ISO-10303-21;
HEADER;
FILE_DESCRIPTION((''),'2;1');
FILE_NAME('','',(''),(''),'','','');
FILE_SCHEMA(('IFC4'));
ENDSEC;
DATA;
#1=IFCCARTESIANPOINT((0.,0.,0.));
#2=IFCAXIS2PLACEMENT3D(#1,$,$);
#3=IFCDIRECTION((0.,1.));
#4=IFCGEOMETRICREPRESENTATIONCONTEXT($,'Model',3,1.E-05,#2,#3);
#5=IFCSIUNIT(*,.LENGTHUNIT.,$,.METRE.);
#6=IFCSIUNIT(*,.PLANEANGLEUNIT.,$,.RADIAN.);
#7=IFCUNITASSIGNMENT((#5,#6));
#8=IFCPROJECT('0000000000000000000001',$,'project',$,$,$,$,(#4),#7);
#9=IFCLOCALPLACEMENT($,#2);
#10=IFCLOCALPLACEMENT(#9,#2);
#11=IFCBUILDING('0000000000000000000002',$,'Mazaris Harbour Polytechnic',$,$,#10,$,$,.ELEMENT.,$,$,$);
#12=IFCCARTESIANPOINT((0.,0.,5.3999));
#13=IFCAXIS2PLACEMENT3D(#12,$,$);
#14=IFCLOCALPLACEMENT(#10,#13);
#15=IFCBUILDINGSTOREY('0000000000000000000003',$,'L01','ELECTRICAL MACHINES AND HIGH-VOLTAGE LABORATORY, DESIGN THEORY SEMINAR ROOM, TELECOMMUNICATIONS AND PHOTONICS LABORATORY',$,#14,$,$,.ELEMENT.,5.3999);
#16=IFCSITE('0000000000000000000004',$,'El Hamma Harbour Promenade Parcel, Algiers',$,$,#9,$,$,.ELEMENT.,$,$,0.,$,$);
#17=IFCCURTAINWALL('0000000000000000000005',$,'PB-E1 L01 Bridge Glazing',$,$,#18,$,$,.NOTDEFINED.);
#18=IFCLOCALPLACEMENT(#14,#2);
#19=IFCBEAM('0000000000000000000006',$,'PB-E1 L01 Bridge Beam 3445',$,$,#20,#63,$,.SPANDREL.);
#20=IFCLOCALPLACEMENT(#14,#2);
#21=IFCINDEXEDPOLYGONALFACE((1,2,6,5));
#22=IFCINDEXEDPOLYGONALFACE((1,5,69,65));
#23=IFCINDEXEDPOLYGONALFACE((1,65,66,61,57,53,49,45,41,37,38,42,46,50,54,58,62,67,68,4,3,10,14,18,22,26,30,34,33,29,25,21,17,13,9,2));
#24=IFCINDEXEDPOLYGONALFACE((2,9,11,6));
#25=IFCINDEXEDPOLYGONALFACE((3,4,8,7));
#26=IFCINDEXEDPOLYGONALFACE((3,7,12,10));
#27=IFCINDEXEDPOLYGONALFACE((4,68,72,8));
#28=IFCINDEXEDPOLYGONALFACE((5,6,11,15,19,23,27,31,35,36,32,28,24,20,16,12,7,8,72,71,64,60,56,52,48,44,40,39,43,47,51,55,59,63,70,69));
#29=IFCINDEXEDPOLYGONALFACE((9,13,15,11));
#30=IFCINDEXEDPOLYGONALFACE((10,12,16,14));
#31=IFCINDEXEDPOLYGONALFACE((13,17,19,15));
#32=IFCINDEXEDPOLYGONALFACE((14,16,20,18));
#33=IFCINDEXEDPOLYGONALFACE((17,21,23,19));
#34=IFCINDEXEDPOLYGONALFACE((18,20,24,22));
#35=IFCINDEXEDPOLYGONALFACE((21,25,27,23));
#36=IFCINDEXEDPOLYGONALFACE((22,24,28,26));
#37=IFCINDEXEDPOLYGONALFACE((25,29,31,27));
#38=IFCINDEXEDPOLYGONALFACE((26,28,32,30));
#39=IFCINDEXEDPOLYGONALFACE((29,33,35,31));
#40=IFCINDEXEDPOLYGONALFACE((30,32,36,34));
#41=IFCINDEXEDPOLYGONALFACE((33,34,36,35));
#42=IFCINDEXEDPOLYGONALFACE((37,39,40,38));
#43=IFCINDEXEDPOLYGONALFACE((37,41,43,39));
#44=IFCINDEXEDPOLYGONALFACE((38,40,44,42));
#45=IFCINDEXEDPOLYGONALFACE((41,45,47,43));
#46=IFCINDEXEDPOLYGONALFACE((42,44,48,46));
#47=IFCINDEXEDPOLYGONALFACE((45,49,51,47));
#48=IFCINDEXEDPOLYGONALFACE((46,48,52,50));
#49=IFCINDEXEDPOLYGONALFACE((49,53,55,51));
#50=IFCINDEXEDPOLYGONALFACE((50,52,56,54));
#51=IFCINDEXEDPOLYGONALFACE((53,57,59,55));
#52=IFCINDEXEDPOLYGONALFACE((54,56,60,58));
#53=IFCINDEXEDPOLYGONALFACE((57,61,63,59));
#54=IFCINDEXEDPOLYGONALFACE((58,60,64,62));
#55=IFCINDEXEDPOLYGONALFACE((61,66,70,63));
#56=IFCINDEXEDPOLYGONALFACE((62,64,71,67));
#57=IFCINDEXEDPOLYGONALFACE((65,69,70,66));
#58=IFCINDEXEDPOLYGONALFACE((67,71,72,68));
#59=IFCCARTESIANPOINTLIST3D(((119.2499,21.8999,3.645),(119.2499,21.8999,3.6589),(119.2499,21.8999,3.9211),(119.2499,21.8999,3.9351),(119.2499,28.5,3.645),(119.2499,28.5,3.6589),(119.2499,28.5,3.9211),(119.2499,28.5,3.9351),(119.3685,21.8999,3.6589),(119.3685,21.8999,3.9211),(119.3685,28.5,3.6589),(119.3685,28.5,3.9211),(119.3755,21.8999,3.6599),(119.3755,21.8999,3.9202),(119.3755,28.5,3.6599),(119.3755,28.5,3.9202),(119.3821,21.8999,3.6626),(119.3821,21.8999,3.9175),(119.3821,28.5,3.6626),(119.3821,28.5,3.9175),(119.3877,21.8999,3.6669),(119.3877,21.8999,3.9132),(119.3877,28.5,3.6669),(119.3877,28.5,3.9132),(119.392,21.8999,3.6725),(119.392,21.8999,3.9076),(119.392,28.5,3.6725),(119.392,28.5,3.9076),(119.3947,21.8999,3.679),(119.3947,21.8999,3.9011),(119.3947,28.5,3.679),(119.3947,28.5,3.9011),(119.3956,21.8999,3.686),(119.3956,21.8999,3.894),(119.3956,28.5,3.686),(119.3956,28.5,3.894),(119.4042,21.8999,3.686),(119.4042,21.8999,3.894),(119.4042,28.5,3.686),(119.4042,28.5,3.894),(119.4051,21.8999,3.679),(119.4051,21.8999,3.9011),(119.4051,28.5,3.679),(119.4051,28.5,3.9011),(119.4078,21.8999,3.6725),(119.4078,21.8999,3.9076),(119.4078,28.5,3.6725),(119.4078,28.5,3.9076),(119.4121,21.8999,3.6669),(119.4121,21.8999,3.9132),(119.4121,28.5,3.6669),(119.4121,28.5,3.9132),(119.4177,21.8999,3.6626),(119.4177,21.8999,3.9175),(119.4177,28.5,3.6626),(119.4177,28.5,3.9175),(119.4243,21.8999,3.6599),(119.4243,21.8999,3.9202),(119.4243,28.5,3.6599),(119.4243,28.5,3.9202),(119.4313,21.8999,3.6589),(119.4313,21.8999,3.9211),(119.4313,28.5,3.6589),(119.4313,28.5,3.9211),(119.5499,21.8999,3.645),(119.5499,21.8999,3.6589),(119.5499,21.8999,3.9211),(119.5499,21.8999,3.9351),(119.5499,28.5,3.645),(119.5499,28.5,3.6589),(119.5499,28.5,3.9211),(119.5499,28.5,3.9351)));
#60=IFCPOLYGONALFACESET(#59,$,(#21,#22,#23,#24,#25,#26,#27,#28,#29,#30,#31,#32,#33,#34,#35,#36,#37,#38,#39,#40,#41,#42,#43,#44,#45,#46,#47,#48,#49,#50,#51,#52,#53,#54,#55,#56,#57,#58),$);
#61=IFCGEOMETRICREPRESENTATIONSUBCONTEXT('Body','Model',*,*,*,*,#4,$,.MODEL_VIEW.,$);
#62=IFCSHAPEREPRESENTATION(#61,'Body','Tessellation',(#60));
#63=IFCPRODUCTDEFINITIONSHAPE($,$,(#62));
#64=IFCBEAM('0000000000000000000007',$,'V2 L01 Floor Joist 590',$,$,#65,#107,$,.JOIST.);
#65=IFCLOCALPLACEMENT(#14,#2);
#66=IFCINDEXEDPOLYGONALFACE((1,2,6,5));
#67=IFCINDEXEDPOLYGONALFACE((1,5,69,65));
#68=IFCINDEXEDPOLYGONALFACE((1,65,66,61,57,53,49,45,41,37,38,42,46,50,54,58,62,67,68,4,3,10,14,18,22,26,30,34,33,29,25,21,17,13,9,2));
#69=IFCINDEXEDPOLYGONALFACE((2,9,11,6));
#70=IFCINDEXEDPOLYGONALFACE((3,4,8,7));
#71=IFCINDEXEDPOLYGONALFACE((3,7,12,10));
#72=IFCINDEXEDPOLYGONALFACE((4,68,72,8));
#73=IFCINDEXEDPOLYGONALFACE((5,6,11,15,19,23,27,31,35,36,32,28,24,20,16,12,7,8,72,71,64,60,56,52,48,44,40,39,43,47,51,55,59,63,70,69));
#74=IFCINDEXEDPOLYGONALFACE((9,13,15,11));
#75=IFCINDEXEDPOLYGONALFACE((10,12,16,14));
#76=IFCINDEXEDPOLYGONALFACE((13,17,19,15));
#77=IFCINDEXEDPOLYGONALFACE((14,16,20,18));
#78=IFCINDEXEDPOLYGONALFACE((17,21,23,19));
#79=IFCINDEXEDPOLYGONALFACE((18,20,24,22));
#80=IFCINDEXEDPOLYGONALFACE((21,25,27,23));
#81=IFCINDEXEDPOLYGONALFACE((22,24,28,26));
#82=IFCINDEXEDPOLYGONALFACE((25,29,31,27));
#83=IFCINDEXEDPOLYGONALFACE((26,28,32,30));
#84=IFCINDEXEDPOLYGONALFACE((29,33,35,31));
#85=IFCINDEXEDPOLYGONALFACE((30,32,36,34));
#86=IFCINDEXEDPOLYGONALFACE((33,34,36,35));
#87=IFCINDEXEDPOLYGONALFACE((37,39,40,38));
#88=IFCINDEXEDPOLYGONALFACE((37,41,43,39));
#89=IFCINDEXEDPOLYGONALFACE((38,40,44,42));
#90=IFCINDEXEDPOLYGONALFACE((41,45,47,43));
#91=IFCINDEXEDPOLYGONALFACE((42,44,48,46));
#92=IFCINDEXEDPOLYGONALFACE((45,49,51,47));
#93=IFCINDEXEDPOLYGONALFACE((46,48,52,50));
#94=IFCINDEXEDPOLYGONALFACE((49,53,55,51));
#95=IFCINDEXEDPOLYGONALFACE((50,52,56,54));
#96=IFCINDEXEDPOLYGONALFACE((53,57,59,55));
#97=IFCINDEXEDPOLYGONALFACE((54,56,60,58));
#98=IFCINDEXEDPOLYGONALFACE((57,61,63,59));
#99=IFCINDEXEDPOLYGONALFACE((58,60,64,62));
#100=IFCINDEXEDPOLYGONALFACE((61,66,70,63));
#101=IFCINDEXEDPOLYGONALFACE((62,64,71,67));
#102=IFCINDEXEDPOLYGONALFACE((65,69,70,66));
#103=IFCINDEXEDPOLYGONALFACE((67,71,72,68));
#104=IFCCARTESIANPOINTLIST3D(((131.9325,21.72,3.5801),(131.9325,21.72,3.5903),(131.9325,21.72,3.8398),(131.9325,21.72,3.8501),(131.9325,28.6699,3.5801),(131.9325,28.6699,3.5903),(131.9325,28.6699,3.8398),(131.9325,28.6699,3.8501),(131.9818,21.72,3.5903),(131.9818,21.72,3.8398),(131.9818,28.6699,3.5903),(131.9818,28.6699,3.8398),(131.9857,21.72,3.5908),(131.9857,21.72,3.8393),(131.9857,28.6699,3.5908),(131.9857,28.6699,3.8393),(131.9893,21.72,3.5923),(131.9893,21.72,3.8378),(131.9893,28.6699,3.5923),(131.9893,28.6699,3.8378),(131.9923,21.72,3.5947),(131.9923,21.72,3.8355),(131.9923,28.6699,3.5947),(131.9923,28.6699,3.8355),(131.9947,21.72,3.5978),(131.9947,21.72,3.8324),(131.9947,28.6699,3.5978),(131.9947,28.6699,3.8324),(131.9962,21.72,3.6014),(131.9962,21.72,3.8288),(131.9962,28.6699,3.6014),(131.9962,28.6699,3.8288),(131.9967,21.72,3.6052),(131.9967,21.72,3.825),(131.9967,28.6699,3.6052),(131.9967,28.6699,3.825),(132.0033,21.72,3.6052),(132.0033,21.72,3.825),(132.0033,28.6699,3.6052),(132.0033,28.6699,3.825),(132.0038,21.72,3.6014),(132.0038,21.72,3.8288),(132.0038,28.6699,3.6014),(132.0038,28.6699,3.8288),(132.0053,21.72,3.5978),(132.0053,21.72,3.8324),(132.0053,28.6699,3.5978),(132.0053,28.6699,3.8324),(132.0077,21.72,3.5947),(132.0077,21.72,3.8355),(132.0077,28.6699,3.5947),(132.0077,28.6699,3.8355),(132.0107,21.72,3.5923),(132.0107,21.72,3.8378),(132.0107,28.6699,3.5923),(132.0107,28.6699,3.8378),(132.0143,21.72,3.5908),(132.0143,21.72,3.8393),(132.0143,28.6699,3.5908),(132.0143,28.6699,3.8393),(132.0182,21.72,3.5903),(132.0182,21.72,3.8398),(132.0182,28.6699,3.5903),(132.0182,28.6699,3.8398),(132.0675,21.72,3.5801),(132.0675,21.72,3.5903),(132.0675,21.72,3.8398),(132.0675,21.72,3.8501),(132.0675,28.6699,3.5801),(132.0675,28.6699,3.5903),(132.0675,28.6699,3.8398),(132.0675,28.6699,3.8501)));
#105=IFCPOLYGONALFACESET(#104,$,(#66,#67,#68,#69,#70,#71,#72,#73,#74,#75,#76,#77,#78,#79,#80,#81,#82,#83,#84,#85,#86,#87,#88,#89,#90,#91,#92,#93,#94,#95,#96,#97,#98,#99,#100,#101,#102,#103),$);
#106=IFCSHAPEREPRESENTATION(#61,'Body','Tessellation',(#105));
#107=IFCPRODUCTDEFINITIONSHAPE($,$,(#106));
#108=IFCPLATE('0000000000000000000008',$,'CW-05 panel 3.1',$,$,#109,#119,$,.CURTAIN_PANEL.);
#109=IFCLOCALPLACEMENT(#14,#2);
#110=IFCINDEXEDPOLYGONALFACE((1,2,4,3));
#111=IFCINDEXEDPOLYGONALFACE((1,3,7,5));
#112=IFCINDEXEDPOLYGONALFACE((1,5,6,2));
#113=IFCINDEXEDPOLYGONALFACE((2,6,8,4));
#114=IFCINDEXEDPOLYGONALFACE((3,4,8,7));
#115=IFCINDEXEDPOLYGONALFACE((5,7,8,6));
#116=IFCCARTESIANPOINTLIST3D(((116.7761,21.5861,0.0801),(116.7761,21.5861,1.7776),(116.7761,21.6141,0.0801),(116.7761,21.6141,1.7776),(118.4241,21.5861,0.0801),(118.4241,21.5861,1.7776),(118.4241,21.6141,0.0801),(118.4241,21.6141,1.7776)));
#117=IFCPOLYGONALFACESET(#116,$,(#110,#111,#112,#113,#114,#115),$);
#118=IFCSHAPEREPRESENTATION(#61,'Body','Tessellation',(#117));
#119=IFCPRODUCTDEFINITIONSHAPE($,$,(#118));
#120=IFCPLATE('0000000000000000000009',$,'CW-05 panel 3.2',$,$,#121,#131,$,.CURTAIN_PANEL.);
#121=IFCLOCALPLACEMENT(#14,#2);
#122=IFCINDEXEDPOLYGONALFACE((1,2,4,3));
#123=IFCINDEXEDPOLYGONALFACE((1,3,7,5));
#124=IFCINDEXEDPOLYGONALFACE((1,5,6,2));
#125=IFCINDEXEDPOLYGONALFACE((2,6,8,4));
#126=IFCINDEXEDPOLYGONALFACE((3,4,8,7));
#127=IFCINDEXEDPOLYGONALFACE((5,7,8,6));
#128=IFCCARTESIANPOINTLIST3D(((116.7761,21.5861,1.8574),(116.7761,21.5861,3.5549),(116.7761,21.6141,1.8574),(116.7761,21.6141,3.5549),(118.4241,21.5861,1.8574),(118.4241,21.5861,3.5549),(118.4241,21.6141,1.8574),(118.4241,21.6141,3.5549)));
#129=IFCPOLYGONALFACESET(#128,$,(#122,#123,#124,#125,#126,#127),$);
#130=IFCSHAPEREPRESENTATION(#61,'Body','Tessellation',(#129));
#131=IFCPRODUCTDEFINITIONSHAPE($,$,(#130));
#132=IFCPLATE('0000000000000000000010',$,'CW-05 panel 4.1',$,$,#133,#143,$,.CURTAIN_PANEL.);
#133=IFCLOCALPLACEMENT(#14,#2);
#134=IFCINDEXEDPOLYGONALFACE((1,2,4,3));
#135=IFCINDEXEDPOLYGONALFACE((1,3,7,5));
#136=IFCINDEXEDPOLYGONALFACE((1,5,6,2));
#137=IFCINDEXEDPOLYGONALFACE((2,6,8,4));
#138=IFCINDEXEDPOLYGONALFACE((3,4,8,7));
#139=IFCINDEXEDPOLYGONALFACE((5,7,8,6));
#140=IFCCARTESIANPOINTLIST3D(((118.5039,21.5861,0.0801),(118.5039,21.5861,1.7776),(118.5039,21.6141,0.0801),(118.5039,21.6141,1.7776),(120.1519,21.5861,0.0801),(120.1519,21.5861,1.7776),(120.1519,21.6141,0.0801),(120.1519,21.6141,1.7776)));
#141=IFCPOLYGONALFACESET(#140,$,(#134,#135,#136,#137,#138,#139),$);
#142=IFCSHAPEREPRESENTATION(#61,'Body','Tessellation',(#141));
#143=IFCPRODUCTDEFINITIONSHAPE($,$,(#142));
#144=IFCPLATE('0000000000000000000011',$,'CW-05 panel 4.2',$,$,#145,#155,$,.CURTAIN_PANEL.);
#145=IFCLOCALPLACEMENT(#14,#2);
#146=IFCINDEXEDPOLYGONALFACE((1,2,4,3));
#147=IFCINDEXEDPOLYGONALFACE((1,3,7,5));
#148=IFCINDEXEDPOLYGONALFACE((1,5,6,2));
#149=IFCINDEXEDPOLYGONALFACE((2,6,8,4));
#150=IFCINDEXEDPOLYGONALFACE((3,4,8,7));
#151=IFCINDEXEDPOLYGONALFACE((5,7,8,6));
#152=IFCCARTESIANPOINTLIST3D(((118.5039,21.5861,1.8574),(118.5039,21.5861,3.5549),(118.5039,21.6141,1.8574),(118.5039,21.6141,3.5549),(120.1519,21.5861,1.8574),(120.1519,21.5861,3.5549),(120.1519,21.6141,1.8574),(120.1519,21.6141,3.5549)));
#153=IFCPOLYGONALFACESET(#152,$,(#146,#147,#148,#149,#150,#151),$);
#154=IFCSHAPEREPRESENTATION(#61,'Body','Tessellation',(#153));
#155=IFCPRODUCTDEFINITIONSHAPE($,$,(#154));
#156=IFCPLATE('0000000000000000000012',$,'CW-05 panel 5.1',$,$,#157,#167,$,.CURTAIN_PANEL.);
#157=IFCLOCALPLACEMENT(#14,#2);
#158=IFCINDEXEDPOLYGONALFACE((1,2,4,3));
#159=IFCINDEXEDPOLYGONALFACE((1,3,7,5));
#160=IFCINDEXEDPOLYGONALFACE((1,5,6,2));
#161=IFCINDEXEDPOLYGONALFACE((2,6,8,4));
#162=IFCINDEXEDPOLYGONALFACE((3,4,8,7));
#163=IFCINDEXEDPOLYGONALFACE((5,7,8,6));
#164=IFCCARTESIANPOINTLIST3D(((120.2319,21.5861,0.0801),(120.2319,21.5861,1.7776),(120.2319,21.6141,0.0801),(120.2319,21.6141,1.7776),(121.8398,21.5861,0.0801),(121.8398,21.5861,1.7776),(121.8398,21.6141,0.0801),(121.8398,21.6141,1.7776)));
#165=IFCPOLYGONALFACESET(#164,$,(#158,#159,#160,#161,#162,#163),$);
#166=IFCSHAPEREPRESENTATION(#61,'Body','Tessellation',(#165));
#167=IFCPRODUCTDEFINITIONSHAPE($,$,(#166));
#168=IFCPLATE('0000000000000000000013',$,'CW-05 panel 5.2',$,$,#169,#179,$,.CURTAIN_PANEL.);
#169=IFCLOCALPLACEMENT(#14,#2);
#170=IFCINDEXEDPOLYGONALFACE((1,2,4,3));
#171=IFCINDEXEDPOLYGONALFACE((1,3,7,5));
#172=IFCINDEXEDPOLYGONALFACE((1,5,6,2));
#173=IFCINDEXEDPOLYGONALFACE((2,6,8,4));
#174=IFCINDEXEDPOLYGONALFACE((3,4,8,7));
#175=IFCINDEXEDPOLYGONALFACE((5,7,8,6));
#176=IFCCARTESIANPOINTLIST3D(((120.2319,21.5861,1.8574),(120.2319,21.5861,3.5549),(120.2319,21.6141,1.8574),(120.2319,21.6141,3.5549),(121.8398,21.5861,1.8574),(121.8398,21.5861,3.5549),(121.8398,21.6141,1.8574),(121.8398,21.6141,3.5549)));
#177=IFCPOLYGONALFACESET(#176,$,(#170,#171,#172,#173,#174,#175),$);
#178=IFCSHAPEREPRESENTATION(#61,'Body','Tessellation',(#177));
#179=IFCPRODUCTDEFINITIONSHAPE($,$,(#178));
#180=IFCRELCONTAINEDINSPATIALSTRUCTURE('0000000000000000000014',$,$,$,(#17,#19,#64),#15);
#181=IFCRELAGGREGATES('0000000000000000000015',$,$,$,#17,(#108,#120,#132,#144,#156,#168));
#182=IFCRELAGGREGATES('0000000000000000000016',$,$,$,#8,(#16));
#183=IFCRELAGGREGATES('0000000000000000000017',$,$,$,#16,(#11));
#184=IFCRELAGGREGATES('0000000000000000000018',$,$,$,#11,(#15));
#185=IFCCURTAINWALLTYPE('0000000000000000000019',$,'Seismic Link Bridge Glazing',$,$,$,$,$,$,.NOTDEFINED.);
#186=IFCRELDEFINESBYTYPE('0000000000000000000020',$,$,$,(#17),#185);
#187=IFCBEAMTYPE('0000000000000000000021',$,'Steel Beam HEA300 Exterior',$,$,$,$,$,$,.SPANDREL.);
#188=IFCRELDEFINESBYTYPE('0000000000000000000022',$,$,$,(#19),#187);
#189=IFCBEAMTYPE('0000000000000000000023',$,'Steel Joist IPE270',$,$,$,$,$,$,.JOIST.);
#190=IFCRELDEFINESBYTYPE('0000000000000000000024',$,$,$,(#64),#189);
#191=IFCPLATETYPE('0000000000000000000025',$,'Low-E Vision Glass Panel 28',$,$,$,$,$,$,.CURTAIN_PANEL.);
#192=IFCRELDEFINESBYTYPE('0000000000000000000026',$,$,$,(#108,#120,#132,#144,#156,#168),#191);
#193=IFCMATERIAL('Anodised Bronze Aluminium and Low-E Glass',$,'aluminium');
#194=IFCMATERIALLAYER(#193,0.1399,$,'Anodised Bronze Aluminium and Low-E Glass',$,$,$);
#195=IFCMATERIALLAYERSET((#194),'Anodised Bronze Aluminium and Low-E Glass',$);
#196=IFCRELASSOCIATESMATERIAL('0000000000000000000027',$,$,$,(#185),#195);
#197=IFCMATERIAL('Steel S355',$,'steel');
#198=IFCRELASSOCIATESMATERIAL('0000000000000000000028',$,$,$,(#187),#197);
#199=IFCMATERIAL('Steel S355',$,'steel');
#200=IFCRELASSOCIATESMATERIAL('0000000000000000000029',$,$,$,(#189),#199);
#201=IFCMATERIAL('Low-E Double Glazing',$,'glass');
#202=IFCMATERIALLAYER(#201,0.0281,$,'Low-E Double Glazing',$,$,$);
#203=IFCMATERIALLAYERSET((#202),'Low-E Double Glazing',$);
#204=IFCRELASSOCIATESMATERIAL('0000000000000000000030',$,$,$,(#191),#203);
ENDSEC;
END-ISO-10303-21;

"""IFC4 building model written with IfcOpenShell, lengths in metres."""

from ifc_helpers import new_model, si_unit, direction, frame, origin, origin_2d, place, context, subcontext, project, spatial, rectangle, i_section, extrude, material, layer, layer_set, material_profile, profile_set, type_object, element, aggregate, save


model = new_model("IFC4")

# Units and contexts
model_context = context("Model", 3, precision=1e-05, world=origin(), true_north=direction((0.0, 1.0)))
body_context = subcontext(model_context, "Body", "Model", "MODEL_VIEW")
ifc_project = project(units=[si_unit("LENGTHUNIT", "METRE"), si_unit("PLANEANGLEUNIT", "RADIAN")], contexts=[model_context])

# Site, building, storey
site_placement = place(None, origin())
site = spatial("IfcSite", under=ifc_project, at=site_placement, Name="El Hamma Harbour Promenade Parcel, Algiers", CompositionType="ELEMENT", RefElevation=0.0)
building_placement = place(site_placement, origin())
building = spatial("IfcBuilding", under=site, at=building_placement, Name="Mazaris Harbour Polytechnic", CompositionType="ELEMENT")
storey_placement = place(building_placement, frame((0.0, 0.0, 5.3999)))
storey = spatial("IfcBuildingStorey", under=building, at=storey_placement, Name="L01", Description="ELECTRICAL MACHINES AND HIGH-VOLTAGE LABORATORY, DESIGN THEORY SEMINAR ROOM, TELECOMMUNICATIONS AND PHOTONICS LABORATORY", CompositionType="ELEMENT", Elevation=5.3999)

# Curtain wall
ifc_material_1 = material(Name="Anodised Bronze Aluminium and Low-E Glass", Category="aluminium")
ifc_layer_1 = layer(ifc_material_1, 0.1399, Name="Anodised Bronze Aluminium and Low-E Glass")
ifc_layer_set_1 = layer_set([ifc_layer_1], Name="Anodised Bronze Aluminium and Low-E Glass")
curtain_wall_type = type_object("IfcCurtainWallType", Name="Seismic Link Bridge Glazing", PredefinedType="NOTDEFINED", material=ifc_layer_set_1)
curtain_wall_placement = place(storey_placement, origin())
curtain_wall = element("IfcCurtainWall", 1, at=curtain_wall_placement, inside=storey, type_object=curtain_wall_type, Name="PB-E1 L01 Bridge Glazing", PredefinedType="NOTDEFINED")

# Beams
ifc_material_2 = material(Name="Steel S355", Category="steel")
ifc_material_profile_1 = material_profile(ifc_material_2, i_section(OverallWidth=0.3, OverallDepth=0.29, WebThickness=0.0085, FlangeThickness=0.0139, FilletRadius=0.0271, at=origin_2d()), Name="HEA 300")
ifc_profile_set_1 = profile_set([ifc_material_profile_1], Name="Steel S355")
beam_type_1 = type_object("IfcBeamType", Name="Steel Beam HEA300 Exterior", PredefinedType="SPANDREL", material=ifc_profile_set_1)
beam_1_placement = place(storey_placement, frame((119.3999, 21.8999, 3.79), z_axis=(0.0, 1.0, 0.0), x_axis=(-1.0, 0.0, 0.0)))
element("IfcBeam", 2, at=beam_1_placement, inside=storey, type_object=beam_type_1, Name="PB-E1 L01 Bridge Beam 3445", PredefinedType="SPANDREL", context=body_context, shape_type="SweptSolid", body=[
    extrude(i_section(OverallWidth=0.3, OverallDepth=0.29, WebThickness=0.0085, FlangeThickness=0.0139, FilletRadius=0.0271, at=origin_2d()), origin(), (0.0, 0.0, 1.0), 6.6001),
])
ifc_material_3 = material(Name="Steel S355", Category="steel")
ifc_material_profile_2 = material_profile(ifc_material_3, i_section(OverallWidth=0.135, OverallDepth=0.27, WebThickness=0.0066, FlangeThickness=0.0103, FilletRadius=0.0149, at=origin_2d()), Name="IPE 270")
ifc_profile_set_2 = profile_set([ifc_material_profile_2], Name="Steel S355")
beam_type_2 = type_object("IfcBeamType", Name="Steel Joist IPE270", PredefinedType="JOIST", material=ifc_profile_set_2)
beam_2_placement = place(storey_placement, frame((132.0, 21.72, 3.7151), z_axis=(0.0, 1.0, 0.0), x_axis=(-1.0, 0.0, 0.0)))
element("IfcBeam", 3, at=beam_2_placement, inside=storey, type_object=beam_type_2, Name="V2 L01 Floor Joist 590", PredefinedType="JOIST", context=body_context, shape_type="SweptSolid", body=[
    extrude(i_section(OverallWidth=0.135, OverallDepth=0.27, WebThickness=0.0066, FlangeThickness=0.0103, FilletRadius=0.0149, at=origin_2d()), origin(), (0.0, 0.0, 1.0), 6.95),
])

# Plates
ifc_material_4 = material(Name="Low-E Double Glazing", Category="glass")
ifc_layer_2 = layer(ifc_material_4, 0.0281, Name="Low-E Double Glazing")
ifc_layer_set_2 = layer_set([ifc_layer_2], Name="Low-E Double Glazing")
plate_type = type_object("IfcPlateType", Name="Low-E Vision Glass Panel 28", PredefinedType="CURTAIN_PANEL", material=ifc_layer_set_2)
plate_1_placement = place(storey_placement, frame((117.6001, 21.6001, 0.0801), z_axis=(0.0, 0.0, 1.0), x_axis=(1.0, 0.0, 0.0)))
plate_1 = element("IfcPlate", 4, at=plate_1_placement, type_object=plate_type, Name="CW-05 panel 3.1", PredefinedType="CURTAIN_PANEL", context=body_context, shape_type="SweptSolid", body=[
    extrude(rectangle(XDim=1.6479, YDim=0.0281, at=origin_2d()), origin(), (0.0, 0.0, 1.0), 1.6975),
])
plate_2_placement = place(storey_placement, frame((117.6001, 21.6001, 1.8574), z_axis=(0.0, 0.0, 1.0), x_axis=(1.0, 0.0, 0.0)))
plate_2 = element("IfcPlate", 5, at=plate_2_placement, type_object=plate_type, Name="CW-05 panel 3.2", PredefinedType="CURTAIN_PANEL", context=body_context, shape_type="SweptSolid", body=[
    extrude(rectangle(XDim=1.6479, YDim=0.0281, at=origin_2d()), origin(), (0.0, 0.0, 1.0), 1.6975),
])
plate_3_placement = place(storey_placement, frame((119.3279, 21.6001, 0.0801), z_axis=(0.0, 0.0, 1.0), x_axis=(1.0, 0.0, 0.0)))
plate_3 = element("IfcPlate", 6, at=plate_3_placement, type_object=plate_type, Name="CW-05 panel 4.1", PredefinedType="CURTAIN_PANEL", context=body_context, shape_type="SweptSolid", body=[
    extrude(rectangle(XDim=1.6479, YDim=0.0281, at=origin_2d()), origin(), (0.0, 0.0, 1.0), 1.6975),
])
plate_4_placement = place(storey_placement, frame((119.3279, 21.6001, 1.8574), z_axis=(0.0, 0.0, 1.0), x_axis=(1.0, 0.0, 0.0)))
plate_4 = element("IfcPlate", 7, at=plate_4_placement, type_object=plate_type, Name="CW-05 panel 4.2", PredefinedType="CURTAIN_PANEL", context=body_context, shape_type="SweptSolid", body=[
    extrude(rectangle(XDim=1.6479, YDim=0.0281, at=origin_2d()), origin(), (0.0, 0.0, 1.0), 1.6975),
])
plate_5_placement = place(storey_placement, frame((121.0359, 21.6001, 0.0801), z_axis=(0.0, 0.0, 1.0), x_axis=(1.0, 0.0, 0.0)))
plate_5 = element("IfcPlate", 8, at=plate_5_placement, type_object=plate_type, Name="CW-05 panel 5.1", PredefinedType="CURTAIN_PANEL", context=body_context, shape_type="SweptSolid", body=[
    extrude(rectangle(XDim=1.6079, YDim=0.0281, at=origin_2d()), origin(), (0.0, 0.0, 1.0), 1.6975),
])
plate_6_placement = place(storey_placement, frame((121.0359, 21.6001, 1.8574), z_axis=(0.0, 0.0, 1.0), x_axis=(1.0, 0.0, 0.0)))
plate_6 = element("IfcPlate", 9, at=plate_6_placement, type_object=plate_type, Name="CW-05 panel 5.2", PredefinedType="CURTAIN_PANEL", context=body_context, shape_type="SweptSolid", body=[
    extrude(rectangle(XDim=1.6079, YDim=0.0281, at=origin_2d()), origin(), (0.0, 0.0, 1.0), 1.6975),
])
aggregate(curtain_wall, [plate_1, plate_2, plate_3, plate_4, plate_5, plate_6])

save(model, "model.ifc")
